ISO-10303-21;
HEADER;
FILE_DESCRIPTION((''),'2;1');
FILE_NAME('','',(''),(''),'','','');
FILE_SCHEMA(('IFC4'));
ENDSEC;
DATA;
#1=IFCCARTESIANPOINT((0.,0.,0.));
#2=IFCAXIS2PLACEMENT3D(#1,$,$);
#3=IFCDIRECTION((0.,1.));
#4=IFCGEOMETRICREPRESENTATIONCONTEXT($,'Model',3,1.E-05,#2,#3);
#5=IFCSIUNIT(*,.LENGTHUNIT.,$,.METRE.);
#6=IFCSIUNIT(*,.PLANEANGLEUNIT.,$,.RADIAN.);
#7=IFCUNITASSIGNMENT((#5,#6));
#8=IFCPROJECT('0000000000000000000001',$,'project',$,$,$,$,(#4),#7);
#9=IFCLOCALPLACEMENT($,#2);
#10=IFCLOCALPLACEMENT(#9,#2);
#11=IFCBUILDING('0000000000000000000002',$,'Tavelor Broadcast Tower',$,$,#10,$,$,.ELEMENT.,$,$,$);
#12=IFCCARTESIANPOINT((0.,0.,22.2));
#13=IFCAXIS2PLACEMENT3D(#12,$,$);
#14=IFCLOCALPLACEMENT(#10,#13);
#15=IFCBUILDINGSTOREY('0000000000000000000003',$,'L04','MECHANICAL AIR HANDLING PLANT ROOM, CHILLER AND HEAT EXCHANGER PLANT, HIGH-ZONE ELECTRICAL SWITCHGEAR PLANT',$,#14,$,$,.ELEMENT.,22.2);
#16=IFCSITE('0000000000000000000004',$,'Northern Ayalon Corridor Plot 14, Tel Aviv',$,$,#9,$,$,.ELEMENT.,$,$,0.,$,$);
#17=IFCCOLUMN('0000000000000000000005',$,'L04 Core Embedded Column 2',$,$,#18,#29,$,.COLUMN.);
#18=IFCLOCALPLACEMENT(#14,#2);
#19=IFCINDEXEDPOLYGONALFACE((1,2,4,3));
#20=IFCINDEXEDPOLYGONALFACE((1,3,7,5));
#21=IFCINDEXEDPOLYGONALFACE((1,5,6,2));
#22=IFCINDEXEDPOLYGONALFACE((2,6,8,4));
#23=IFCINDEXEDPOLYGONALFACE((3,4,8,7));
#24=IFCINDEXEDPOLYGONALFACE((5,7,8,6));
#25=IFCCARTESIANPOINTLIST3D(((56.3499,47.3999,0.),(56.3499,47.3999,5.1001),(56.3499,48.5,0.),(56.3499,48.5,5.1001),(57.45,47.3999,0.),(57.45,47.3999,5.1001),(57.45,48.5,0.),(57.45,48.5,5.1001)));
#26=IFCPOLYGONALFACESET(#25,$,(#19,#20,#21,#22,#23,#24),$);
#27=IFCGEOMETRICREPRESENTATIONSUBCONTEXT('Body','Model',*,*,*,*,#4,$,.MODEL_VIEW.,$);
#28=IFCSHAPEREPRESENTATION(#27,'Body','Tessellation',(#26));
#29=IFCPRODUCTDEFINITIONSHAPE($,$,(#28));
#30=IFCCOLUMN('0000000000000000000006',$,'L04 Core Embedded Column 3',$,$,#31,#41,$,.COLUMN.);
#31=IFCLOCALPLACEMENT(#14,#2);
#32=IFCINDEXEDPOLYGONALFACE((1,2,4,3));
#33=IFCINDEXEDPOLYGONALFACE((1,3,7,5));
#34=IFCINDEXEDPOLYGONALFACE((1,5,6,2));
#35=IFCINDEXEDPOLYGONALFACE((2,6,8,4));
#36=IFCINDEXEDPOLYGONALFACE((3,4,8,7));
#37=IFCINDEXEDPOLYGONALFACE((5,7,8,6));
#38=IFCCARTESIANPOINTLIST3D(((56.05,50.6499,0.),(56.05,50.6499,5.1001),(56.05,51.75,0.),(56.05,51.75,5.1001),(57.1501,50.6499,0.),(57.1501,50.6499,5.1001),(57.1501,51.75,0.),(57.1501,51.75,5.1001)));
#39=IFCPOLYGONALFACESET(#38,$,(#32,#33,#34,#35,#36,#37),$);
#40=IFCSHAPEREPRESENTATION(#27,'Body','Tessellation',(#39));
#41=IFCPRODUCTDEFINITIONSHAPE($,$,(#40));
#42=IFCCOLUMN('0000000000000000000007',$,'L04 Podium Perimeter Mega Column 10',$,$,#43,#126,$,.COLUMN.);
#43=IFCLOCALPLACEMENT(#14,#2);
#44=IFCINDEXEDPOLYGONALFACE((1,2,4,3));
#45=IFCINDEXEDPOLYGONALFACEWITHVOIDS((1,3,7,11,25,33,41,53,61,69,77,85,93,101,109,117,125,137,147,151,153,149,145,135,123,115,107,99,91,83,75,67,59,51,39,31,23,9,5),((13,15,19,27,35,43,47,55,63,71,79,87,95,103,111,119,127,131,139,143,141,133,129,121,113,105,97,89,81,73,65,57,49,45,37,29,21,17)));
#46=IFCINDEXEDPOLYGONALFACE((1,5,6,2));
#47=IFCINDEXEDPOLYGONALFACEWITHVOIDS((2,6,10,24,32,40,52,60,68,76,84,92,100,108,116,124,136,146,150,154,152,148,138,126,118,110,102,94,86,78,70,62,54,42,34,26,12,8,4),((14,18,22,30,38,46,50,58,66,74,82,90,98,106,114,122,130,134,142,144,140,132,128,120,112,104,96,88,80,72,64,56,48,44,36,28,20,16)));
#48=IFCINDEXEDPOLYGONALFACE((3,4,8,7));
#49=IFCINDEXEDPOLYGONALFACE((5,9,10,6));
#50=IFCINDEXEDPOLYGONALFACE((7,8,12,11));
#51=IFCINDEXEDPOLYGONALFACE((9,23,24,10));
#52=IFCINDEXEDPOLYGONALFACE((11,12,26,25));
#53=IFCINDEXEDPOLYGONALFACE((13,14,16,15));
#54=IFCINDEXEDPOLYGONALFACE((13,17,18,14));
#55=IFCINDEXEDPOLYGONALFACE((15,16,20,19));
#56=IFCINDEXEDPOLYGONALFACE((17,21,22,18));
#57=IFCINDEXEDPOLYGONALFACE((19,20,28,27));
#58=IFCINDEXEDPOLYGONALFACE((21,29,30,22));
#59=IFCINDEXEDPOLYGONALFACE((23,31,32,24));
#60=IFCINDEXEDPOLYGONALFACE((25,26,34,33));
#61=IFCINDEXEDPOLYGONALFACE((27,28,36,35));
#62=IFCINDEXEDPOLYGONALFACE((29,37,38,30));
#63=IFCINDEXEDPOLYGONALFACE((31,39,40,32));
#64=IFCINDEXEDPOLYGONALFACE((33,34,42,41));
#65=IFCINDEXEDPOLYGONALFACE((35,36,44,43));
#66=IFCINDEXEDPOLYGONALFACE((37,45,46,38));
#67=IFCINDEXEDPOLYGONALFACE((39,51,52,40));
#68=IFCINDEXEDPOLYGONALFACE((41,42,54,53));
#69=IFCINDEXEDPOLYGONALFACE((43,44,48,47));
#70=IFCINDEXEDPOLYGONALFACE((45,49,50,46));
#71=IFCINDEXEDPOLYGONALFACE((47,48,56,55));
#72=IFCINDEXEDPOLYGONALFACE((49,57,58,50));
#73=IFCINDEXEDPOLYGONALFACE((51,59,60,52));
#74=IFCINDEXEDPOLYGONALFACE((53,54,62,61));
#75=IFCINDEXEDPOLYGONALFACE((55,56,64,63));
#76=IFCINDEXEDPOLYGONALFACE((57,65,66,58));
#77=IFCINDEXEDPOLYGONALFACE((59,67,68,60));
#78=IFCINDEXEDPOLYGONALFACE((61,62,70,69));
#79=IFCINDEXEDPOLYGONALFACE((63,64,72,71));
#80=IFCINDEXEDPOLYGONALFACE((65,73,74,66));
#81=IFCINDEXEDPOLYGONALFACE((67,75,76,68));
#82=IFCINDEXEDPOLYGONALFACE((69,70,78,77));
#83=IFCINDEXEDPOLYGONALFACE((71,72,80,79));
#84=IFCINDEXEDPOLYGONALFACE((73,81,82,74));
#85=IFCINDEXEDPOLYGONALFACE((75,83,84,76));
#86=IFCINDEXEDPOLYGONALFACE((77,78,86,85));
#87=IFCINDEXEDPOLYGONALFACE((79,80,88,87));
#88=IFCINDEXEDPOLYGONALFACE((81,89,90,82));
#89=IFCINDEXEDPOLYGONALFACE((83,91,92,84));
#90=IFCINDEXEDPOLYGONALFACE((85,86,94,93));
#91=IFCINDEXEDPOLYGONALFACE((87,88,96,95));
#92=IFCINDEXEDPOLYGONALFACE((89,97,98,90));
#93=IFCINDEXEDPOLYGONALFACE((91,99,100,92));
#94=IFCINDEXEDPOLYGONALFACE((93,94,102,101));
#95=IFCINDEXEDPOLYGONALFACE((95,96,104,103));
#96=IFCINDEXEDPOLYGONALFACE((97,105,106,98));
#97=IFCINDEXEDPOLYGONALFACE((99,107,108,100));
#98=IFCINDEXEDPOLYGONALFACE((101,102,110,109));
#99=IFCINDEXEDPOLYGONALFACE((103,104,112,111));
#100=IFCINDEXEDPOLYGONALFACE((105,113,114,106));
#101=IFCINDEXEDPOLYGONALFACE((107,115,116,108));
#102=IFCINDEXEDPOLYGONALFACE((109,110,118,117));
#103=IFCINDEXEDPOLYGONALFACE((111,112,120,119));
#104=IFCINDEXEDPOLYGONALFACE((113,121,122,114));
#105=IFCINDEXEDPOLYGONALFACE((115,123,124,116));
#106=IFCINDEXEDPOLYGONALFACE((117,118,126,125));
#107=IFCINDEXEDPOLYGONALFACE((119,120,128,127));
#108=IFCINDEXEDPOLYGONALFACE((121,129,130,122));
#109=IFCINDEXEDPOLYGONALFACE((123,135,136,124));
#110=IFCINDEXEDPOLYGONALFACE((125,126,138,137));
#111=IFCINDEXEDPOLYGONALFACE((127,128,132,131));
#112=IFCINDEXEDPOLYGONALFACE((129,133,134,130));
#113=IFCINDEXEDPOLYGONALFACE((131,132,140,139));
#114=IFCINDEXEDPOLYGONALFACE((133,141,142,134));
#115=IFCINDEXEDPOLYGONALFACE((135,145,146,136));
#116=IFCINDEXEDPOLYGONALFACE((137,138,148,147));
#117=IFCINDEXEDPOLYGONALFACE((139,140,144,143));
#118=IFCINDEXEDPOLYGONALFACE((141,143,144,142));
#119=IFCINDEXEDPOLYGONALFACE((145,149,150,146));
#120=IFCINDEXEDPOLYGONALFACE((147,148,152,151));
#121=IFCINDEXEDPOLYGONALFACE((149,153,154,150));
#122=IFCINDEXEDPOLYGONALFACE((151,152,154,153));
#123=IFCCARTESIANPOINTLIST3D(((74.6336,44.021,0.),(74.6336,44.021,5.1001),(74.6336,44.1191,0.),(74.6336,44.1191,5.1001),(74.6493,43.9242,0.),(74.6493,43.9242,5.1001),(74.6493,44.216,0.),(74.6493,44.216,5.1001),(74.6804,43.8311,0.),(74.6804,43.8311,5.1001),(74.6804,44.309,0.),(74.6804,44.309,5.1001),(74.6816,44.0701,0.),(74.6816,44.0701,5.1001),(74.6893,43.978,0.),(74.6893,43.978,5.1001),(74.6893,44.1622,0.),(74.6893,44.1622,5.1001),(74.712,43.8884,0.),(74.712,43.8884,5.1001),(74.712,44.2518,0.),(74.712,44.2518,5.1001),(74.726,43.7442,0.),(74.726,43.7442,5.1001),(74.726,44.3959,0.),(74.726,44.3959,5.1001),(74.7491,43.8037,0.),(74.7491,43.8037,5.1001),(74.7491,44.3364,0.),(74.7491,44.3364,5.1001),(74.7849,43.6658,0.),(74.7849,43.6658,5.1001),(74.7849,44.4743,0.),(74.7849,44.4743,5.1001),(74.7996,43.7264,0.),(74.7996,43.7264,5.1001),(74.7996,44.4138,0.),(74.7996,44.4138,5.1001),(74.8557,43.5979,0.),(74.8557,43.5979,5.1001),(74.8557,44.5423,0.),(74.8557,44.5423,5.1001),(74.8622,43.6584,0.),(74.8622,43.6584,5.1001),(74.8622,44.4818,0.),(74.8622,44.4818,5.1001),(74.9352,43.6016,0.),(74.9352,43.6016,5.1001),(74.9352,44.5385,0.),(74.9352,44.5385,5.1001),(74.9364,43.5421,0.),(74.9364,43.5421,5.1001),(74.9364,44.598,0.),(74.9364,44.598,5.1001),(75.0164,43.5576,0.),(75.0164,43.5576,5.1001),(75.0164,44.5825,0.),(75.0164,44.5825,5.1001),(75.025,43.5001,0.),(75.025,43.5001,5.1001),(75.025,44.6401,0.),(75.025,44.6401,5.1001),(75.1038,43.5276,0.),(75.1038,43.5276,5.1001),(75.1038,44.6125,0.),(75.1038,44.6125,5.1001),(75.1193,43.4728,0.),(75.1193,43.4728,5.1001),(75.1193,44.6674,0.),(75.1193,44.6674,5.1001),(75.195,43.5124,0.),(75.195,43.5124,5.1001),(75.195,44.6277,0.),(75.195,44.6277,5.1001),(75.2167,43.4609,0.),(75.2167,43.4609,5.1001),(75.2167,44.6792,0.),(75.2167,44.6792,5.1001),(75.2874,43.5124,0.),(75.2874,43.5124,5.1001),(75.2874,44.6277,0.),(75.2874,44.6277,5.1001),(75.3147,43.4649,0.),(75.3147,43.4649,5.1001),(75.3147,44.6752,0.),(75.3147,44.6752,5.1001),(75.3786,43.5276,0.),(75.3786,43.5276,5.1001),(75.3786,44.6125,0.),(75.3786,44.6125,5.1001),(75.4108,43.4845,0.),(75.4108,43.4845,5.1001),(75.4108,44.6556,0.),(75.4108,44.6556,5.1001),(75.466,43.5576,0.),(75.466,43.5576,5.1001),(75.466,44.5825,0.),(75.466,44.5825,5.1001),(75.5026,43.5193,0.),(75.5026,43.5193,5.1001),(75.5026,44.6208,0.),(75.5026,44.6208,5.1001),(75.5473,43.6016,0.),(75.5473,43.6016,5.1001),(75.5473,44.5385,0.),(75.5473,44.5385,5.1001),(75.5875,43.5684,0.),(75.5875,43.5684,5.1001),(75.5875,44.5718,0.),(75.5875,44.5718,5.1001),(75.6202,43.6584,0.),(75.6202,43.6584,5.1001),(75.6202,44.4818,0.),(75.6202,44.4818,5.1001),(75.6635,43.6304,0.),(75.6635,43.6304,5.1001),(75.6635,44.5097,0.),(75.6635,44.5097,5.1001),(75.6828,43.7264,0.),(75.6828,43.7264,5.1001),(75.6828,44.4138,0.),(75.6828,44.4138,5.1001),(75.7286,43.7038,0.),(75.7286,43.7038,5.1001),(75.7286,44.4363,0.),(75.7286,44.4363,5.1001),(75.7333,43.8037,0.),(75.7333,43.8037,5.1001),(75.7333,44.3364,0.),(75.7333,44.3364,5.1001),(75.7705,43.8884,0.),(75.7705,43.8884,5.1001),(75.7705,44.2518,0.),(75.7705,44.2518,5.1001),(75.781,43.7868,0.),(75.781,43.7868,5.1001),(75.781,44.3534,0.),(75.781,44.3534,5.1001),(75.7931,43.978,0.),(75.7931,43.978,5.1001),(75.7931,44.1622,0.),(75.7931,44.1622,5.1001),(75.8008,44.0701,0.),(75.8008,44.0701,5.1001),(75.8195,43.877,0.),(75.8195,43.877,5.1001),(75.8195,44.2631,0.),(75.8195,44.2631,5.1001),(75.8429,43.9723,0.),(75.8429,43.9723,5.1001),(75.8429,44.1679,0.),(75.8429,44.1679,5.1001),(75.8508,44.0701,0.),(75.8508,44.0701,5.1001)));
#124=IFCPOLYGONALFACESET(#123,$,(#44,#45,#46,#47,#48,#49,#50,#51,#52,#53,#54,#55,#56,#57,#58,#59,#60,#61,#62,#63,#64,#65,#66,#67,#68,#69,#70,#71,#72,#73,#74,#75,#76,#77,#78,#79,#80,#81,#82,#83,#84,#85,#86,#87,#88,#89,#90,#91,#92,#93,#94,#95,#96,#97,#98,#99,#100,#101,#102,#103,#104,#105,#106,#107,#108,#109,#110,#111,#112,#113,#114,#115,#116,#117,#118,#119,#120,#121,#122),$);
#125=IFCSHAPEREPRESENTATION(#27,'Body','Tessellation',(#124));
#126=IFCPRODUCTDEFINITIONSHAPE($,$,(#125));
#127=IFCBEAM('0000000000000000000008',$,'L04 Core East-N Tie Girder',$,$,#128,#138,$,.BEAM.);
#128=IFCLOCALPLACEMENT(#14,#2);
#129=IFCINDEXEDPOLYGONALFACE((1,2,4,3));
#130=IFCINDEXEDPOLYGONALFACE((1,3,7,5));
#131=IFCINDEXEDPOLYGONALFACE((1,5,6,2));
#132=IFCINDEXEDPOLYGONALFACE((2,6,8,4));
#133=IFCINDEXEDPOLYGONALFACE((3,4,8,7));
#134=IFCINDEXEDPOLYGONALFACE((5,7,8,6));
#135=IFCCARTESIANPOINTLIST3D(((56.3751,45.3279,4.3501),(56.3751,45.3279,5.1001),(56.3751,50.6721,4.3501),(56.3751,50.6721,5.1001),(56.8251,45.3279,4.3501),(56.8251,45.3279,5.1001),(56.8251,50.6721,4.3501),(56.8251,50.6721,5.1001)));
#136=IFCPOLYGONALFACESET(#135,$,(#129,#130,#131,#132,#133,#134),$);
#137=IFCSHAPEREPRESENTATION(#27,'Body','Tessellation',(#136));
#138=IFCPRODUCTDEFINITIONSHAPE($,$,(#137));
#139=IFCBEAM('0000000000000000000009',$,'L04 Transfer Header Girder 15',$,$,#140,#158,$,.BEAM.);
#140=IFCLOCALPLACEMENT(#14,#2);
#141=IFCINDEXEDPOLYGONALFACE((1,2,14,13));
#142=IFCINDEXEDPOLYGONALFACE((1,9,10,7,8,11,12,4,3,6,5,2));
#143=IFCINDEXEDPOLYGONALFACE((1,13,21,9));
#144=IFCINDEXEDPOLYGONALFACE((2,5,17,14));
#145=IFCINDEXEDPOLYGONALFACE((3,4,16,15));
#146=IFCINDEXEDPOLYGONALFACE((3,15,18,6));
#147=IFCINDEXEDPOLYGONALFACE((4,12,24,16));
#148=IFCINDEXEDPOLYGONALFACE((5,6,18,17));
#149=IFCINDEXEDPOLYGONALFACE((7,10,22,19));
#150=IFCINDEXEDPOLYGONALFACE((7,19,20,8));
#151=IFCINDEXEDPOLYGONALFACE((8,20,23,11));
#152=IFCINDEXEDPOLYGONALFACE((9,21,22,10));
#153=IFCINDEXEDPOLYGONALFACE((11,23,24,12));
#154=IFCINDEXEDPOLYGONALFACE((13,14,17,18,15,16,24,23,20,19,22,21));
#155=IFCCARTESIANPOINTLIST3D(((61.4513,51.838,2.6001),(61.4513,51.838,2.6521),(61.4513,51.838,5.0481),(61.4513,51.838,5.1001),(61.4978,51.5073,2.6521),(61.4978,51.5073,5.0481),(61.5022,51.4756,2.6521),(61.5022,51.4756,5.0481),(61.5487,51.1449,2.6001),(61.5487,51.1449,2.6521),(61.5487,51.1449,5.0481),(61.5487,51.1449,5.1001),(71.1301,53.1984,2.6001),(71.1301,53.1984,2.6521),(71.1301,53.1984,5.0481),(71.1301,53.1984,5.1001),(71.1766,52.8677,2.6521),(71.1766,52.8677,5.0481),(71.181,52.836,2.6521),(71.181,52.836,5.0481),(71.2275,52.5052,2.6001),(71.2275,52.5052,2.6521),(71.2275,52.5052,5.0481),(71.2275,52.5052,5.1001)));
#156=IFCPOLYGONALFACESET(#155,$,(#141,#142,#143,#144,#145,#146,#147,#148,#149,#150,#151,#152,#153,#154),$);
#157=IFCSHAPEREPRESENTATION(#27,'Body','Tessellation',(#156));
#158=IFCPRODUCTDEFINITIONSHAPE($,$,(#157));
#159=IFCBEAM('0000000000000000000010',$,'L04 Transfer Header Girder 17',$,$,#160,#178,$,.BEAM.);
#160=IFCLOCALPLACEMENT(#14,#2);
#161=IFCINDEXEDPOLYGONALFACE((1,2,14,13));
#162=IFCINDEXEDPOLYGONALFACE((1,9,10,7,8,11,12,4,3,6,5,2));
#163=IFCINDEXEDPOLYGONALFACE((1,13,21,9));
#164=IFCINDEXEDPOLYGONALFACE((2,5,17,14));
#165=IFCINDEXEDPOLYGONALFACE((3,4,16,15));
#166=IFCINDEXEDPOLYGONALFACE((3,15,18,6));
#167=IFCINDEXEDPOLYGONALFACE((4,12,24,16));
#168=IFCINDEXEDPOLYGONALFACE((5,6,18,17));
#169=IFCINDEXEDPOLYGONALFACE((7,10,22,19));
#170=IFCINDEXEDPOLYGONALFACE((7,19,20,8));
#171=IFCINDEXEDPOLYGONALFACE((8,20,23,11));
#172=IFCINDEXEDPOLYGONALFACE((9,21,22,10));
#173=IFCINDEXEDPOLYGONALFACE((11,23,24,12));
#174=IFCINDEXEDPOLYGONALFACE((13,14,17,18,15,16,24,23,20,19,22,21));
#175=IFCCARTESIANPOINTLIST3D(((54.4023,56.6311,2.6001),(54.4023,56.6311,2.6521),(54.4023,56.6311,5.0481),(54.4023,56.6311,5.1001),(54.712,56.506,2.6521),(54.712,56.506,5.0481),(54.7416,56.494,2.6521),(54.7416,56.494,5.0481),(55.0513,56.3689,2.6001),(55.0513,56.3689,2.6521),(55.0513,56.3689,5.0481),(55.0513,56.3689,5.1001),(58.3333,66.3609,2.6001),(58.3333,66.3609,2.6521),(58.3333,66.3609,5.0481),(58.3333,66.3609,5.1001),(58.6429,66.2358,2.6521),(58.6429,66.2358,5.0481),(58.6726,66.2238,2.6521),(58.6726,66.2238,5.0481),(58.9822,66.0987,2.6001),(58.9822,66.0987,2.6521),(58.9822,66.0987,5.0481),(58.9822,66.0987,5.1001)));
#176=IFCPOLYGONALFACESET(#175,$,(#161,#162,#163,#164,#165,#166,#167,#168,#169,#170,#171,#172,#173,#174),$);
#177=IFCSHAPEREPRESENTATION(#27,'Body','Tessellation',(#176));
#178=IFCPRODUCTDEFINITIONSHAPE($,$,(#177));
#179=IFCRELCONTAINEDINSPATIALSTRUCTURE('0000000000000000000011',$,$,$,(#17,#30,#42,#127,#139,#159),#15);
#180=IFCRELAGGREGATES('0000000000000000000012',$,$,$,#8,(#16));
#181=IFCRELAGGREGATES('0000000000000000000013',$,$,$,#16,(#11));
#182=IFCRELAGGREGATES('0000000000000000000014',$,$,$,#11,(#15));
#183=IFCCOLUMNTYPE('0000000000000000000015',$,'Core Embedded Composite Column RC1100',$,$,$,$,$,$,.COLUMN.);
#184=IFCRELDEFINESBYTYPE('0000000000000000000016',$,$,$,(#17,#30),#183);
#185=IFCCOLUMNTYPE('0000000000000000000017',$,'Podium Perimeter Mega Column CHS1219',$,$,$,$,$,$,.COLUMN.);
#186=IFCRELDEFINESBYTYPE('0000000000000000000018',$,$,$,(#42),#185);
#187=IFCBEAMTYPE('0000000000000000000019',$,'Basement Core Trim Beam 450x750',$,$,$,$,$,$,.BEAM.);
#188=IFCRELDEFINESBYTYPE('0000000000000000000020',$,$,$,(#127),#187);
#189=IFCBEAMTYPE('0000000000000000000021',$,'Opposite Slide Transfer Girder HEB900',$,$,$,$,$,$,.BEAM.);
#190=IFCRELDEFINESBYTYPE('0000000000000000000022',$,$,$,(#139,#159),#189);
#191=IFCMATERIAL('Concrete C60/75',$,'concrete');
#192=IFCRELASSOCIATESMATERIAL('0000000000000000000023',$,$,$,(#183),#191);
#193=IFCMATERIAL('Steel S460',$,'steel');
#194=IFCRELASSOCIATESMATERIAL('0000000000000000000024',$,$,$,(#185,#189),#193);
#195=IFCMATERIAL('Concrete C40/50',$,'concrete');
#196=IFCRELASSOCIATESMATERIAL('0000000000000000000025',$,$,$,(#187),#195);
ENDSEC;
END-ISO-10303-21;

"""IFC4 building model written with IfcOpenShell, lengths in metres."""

from ifc_helpers import new_model, si_unit, direction, frame, origin, origin_2d, place, context, subcontext, project, spatial, rectangle, hollow_circle, i_section, extrude, material, material_profile, profile_set, type_object, element, save


model = new_model("IFC4")

# Units and contexts
model_context = context("Model", 3, precision=1e-05, world=origin(), true_north=direction((0.0, 1.0)))
body_context = subcontext(model_context, "Body", "Model", "MODEL_VIEW")
ifc_project = project(units=[si_unit("LENGTHUNIT", "METRE"), si_unit("PLANEANGLEUNIT", "RADIAN")], contexts=[model_context])

# Site, building, storey
site_placement = place(None, origin())
site = spatial("IfcSite", under=ifc_project, at=site_placement, Name="Northern Ayalon Corridor Plot 14, Tel Aviv", CompositionType="ELEMENT", RefElevation=0.0)
building_placement = place(site_placement, origin())
building = spatial("IfcBuilding", under=site, at=building_placement, Name="Tavelor Broadcast Tower", CompositionType="ELEMENT")
storey_placement = place(building_placement, frame((0.0, 0.0, 22.2)))
storey = spatial("IfcBuildingStorey", under=building, at=storey_placement, Name="L04", Description="MECHANICAL AIR HANDLING PLANT ROOM, CHILLER AND HEAT EXCHANGER PLANT, HIGH-ZONE ELECTRICAL SWITCHGEAR PLANT", CompositionType="ELEMENT", Elevation=22.2)

# Columns
ifc_material_1 = material(Name="Concrete C60/75", Category="concrete")
ifc_material_profile_1 = material_profile(ifc_material_1, rectangle(XDim=1.1001, YDim=1.1001, at=origin_2d()), Name="RC 1100x1100")
ifc_profile_set_1 = profile_set([ifc_material_profile_1], Name="Concrete C60/75")
column_type_1 = type_object("IfcColumnType", Name="Core Embedded Composite Column RC1100", PredefinedType="COLUMN", material=ifc_profile_set_1)
for number, where, z_axis, x_axis, name in (
    (1, (56.8999, 47.95, 0.0), (0.0, 0.0, 1.0), (1.0, 0.0, 0.0), "L04 Core Embedded Column 2"),
    (2, (56.6001, 51.2, 0.0), (0.0, 0.0, 1.0), (1.0, 0.0, 0.0), "L04 Core Embedded Column 3"),
):
    element("IfcColumn", number, at=place(storey_placement, frame(where, z_axis=z_axis, x_axis=x_axis)), inside=storey, type_object=column_type_1, Name=name, PredefinedType="COLUMN", context=body_context, shape_type="SweptSolid", body=[
        extrude(rectangle(XDim=1.1001, YDim=1.1001, at=origin_2d()), origin(), (0.0, 0.0, 1.0), 5.1001),
    ])
ifc_material_2 = material(Name="Steel S460", Category="steel")
ifc_material_profile_2 = material_profile(ifc_material_2, hollow_circle(Radius=0.6096, WallThickness=0.05, at=origin_2d()), Name="CHS 1219x50")
ifc_profile_set_2 = profile_set([ifc_material_profile_2], Name="Steel S460")
column_type_2 = type_object("IfcColumnType", Name="Podium Perimeter Mega Column CHS1219", PredefinedType="COLUMN", material=ifc_profile_set_2)
column_placement = place(storey_placement, frame((75.2412, 44.0701, 0.0), z_axis=(0.0, 0.0, 1.0), x_axis=(1.0, 0.0, 0.0)))
element("IfcColumn", 3, at=column_placement, inside=storey, type_object=column_type_2, Name="L04 Podium Perimeter Mega Column 10", PredefinedType="COLUMN", context=body_context, shape_type="SweptSolid", body=[
    extrude(hollow_circle(Radius=0.6096, WallThickness=0.05, at=origin_2d()), origin(), (0.0, 0.0, 1.0), 5.1001),
])

# Beams
ifc_material_3 = material(Name="Concrete C40/50", Category="concrete")
ifc_material_profile_3 = material_profile(ifc_material_3, rectangle(XDim=0.45, YDim=0.75, at=origin_2d()), Name="RC 450x750")
ifc_profile_set_3 = profile_set([ifc_material_profile_3], Name="Concrete C40/50")
beam_type_1 = type_object("IfcBeamType", Name="Basement Core Trim Beam 450x750", PredefinedType="BEAM", material=ifc_profile_set_3)
beam_1_placement = place(storey_placement, frame((56.6001, 45.3279, 4.7251), z_axis=(0.0, 1.0, 0.0), x_axis=(-1.0, 0.0, 0.0)))
element("IfcBeam", 4, at=beam_1_placement, inside=storey, type_object=beam_type_1, Name="L04 Core East-N Tie Girder", PredefinedType="BEAM", context=body_context, shape_type="SweptSolid", body=[
    extrude(rectangle(XDim=0.45, YDim=0.75, at=origin_2d()), origin(), (0.0, 0.0, 1.0), 5.3442),
])
ifc_material_profile_4 = material_profile(ifc_material_2, i_section(OverallWidth=0.7, OverallDepth=2.5, WebThickness=0.032, FlangeThickness=0.052, at=origin_2d()), Name="PG 2500x700")
ifc_profile_set_4 = profile_set([ifc_material_profile_4], Name="Steel S460")
beam_type_2 = type_object("IfcBeamType", Name="Opposite Slide Transfer Girder HEB900", PredefinedType="BEAM", material=ifc_profile_set_4)
beam_2_placement = place(storey_placement, frame((61.5, 51.4915, 3.8501), z_axis=(0.990267, 0.139183, 0.0), x_axis=(-0.139183, 0.990267, 0.0)))
element("IfcBeam", 5, at=beam_2_placement, inside=storey, type_object=beam_type_2, Name="L04 Transfer Header Girder 15", PredefinedType="BEAM", context=body_context, shape_type="SweptSolid", body=[
    extrude(i_section(OverallWidth=0.7, OverallDepth=2.5, WebThickness=0.032, FlangeThickness=0.052, at=origin_2d()), origin(), (0.0, 0.0, 1.0), 9.7739),
])
beam_3_placement = place(storey_placement, frame((54.7268, 56.5, 3.8501), z_axis=(0.374593, 0.927189, 0.0), x_axis=(-0.927189, 0.374593, 0.0)))
element("IfcBeam", 6, at=beam_3_placement, inside=storey, type_object=beam_type_2, Name="L04 Transfer Header Girder 17", PredefinedType="BEAM", context=body_context, shape_type="SweptSolid", body=[
    extrude(i_section(OverallWidth=0.7, OverallDepth=2.5, WebThickness=0.032, FlangeThickness=0.052, at=origin_2d()), origin(), (0.0, 0.0, 1.0), 10.4939),
])

save(model, "model.ifc")
